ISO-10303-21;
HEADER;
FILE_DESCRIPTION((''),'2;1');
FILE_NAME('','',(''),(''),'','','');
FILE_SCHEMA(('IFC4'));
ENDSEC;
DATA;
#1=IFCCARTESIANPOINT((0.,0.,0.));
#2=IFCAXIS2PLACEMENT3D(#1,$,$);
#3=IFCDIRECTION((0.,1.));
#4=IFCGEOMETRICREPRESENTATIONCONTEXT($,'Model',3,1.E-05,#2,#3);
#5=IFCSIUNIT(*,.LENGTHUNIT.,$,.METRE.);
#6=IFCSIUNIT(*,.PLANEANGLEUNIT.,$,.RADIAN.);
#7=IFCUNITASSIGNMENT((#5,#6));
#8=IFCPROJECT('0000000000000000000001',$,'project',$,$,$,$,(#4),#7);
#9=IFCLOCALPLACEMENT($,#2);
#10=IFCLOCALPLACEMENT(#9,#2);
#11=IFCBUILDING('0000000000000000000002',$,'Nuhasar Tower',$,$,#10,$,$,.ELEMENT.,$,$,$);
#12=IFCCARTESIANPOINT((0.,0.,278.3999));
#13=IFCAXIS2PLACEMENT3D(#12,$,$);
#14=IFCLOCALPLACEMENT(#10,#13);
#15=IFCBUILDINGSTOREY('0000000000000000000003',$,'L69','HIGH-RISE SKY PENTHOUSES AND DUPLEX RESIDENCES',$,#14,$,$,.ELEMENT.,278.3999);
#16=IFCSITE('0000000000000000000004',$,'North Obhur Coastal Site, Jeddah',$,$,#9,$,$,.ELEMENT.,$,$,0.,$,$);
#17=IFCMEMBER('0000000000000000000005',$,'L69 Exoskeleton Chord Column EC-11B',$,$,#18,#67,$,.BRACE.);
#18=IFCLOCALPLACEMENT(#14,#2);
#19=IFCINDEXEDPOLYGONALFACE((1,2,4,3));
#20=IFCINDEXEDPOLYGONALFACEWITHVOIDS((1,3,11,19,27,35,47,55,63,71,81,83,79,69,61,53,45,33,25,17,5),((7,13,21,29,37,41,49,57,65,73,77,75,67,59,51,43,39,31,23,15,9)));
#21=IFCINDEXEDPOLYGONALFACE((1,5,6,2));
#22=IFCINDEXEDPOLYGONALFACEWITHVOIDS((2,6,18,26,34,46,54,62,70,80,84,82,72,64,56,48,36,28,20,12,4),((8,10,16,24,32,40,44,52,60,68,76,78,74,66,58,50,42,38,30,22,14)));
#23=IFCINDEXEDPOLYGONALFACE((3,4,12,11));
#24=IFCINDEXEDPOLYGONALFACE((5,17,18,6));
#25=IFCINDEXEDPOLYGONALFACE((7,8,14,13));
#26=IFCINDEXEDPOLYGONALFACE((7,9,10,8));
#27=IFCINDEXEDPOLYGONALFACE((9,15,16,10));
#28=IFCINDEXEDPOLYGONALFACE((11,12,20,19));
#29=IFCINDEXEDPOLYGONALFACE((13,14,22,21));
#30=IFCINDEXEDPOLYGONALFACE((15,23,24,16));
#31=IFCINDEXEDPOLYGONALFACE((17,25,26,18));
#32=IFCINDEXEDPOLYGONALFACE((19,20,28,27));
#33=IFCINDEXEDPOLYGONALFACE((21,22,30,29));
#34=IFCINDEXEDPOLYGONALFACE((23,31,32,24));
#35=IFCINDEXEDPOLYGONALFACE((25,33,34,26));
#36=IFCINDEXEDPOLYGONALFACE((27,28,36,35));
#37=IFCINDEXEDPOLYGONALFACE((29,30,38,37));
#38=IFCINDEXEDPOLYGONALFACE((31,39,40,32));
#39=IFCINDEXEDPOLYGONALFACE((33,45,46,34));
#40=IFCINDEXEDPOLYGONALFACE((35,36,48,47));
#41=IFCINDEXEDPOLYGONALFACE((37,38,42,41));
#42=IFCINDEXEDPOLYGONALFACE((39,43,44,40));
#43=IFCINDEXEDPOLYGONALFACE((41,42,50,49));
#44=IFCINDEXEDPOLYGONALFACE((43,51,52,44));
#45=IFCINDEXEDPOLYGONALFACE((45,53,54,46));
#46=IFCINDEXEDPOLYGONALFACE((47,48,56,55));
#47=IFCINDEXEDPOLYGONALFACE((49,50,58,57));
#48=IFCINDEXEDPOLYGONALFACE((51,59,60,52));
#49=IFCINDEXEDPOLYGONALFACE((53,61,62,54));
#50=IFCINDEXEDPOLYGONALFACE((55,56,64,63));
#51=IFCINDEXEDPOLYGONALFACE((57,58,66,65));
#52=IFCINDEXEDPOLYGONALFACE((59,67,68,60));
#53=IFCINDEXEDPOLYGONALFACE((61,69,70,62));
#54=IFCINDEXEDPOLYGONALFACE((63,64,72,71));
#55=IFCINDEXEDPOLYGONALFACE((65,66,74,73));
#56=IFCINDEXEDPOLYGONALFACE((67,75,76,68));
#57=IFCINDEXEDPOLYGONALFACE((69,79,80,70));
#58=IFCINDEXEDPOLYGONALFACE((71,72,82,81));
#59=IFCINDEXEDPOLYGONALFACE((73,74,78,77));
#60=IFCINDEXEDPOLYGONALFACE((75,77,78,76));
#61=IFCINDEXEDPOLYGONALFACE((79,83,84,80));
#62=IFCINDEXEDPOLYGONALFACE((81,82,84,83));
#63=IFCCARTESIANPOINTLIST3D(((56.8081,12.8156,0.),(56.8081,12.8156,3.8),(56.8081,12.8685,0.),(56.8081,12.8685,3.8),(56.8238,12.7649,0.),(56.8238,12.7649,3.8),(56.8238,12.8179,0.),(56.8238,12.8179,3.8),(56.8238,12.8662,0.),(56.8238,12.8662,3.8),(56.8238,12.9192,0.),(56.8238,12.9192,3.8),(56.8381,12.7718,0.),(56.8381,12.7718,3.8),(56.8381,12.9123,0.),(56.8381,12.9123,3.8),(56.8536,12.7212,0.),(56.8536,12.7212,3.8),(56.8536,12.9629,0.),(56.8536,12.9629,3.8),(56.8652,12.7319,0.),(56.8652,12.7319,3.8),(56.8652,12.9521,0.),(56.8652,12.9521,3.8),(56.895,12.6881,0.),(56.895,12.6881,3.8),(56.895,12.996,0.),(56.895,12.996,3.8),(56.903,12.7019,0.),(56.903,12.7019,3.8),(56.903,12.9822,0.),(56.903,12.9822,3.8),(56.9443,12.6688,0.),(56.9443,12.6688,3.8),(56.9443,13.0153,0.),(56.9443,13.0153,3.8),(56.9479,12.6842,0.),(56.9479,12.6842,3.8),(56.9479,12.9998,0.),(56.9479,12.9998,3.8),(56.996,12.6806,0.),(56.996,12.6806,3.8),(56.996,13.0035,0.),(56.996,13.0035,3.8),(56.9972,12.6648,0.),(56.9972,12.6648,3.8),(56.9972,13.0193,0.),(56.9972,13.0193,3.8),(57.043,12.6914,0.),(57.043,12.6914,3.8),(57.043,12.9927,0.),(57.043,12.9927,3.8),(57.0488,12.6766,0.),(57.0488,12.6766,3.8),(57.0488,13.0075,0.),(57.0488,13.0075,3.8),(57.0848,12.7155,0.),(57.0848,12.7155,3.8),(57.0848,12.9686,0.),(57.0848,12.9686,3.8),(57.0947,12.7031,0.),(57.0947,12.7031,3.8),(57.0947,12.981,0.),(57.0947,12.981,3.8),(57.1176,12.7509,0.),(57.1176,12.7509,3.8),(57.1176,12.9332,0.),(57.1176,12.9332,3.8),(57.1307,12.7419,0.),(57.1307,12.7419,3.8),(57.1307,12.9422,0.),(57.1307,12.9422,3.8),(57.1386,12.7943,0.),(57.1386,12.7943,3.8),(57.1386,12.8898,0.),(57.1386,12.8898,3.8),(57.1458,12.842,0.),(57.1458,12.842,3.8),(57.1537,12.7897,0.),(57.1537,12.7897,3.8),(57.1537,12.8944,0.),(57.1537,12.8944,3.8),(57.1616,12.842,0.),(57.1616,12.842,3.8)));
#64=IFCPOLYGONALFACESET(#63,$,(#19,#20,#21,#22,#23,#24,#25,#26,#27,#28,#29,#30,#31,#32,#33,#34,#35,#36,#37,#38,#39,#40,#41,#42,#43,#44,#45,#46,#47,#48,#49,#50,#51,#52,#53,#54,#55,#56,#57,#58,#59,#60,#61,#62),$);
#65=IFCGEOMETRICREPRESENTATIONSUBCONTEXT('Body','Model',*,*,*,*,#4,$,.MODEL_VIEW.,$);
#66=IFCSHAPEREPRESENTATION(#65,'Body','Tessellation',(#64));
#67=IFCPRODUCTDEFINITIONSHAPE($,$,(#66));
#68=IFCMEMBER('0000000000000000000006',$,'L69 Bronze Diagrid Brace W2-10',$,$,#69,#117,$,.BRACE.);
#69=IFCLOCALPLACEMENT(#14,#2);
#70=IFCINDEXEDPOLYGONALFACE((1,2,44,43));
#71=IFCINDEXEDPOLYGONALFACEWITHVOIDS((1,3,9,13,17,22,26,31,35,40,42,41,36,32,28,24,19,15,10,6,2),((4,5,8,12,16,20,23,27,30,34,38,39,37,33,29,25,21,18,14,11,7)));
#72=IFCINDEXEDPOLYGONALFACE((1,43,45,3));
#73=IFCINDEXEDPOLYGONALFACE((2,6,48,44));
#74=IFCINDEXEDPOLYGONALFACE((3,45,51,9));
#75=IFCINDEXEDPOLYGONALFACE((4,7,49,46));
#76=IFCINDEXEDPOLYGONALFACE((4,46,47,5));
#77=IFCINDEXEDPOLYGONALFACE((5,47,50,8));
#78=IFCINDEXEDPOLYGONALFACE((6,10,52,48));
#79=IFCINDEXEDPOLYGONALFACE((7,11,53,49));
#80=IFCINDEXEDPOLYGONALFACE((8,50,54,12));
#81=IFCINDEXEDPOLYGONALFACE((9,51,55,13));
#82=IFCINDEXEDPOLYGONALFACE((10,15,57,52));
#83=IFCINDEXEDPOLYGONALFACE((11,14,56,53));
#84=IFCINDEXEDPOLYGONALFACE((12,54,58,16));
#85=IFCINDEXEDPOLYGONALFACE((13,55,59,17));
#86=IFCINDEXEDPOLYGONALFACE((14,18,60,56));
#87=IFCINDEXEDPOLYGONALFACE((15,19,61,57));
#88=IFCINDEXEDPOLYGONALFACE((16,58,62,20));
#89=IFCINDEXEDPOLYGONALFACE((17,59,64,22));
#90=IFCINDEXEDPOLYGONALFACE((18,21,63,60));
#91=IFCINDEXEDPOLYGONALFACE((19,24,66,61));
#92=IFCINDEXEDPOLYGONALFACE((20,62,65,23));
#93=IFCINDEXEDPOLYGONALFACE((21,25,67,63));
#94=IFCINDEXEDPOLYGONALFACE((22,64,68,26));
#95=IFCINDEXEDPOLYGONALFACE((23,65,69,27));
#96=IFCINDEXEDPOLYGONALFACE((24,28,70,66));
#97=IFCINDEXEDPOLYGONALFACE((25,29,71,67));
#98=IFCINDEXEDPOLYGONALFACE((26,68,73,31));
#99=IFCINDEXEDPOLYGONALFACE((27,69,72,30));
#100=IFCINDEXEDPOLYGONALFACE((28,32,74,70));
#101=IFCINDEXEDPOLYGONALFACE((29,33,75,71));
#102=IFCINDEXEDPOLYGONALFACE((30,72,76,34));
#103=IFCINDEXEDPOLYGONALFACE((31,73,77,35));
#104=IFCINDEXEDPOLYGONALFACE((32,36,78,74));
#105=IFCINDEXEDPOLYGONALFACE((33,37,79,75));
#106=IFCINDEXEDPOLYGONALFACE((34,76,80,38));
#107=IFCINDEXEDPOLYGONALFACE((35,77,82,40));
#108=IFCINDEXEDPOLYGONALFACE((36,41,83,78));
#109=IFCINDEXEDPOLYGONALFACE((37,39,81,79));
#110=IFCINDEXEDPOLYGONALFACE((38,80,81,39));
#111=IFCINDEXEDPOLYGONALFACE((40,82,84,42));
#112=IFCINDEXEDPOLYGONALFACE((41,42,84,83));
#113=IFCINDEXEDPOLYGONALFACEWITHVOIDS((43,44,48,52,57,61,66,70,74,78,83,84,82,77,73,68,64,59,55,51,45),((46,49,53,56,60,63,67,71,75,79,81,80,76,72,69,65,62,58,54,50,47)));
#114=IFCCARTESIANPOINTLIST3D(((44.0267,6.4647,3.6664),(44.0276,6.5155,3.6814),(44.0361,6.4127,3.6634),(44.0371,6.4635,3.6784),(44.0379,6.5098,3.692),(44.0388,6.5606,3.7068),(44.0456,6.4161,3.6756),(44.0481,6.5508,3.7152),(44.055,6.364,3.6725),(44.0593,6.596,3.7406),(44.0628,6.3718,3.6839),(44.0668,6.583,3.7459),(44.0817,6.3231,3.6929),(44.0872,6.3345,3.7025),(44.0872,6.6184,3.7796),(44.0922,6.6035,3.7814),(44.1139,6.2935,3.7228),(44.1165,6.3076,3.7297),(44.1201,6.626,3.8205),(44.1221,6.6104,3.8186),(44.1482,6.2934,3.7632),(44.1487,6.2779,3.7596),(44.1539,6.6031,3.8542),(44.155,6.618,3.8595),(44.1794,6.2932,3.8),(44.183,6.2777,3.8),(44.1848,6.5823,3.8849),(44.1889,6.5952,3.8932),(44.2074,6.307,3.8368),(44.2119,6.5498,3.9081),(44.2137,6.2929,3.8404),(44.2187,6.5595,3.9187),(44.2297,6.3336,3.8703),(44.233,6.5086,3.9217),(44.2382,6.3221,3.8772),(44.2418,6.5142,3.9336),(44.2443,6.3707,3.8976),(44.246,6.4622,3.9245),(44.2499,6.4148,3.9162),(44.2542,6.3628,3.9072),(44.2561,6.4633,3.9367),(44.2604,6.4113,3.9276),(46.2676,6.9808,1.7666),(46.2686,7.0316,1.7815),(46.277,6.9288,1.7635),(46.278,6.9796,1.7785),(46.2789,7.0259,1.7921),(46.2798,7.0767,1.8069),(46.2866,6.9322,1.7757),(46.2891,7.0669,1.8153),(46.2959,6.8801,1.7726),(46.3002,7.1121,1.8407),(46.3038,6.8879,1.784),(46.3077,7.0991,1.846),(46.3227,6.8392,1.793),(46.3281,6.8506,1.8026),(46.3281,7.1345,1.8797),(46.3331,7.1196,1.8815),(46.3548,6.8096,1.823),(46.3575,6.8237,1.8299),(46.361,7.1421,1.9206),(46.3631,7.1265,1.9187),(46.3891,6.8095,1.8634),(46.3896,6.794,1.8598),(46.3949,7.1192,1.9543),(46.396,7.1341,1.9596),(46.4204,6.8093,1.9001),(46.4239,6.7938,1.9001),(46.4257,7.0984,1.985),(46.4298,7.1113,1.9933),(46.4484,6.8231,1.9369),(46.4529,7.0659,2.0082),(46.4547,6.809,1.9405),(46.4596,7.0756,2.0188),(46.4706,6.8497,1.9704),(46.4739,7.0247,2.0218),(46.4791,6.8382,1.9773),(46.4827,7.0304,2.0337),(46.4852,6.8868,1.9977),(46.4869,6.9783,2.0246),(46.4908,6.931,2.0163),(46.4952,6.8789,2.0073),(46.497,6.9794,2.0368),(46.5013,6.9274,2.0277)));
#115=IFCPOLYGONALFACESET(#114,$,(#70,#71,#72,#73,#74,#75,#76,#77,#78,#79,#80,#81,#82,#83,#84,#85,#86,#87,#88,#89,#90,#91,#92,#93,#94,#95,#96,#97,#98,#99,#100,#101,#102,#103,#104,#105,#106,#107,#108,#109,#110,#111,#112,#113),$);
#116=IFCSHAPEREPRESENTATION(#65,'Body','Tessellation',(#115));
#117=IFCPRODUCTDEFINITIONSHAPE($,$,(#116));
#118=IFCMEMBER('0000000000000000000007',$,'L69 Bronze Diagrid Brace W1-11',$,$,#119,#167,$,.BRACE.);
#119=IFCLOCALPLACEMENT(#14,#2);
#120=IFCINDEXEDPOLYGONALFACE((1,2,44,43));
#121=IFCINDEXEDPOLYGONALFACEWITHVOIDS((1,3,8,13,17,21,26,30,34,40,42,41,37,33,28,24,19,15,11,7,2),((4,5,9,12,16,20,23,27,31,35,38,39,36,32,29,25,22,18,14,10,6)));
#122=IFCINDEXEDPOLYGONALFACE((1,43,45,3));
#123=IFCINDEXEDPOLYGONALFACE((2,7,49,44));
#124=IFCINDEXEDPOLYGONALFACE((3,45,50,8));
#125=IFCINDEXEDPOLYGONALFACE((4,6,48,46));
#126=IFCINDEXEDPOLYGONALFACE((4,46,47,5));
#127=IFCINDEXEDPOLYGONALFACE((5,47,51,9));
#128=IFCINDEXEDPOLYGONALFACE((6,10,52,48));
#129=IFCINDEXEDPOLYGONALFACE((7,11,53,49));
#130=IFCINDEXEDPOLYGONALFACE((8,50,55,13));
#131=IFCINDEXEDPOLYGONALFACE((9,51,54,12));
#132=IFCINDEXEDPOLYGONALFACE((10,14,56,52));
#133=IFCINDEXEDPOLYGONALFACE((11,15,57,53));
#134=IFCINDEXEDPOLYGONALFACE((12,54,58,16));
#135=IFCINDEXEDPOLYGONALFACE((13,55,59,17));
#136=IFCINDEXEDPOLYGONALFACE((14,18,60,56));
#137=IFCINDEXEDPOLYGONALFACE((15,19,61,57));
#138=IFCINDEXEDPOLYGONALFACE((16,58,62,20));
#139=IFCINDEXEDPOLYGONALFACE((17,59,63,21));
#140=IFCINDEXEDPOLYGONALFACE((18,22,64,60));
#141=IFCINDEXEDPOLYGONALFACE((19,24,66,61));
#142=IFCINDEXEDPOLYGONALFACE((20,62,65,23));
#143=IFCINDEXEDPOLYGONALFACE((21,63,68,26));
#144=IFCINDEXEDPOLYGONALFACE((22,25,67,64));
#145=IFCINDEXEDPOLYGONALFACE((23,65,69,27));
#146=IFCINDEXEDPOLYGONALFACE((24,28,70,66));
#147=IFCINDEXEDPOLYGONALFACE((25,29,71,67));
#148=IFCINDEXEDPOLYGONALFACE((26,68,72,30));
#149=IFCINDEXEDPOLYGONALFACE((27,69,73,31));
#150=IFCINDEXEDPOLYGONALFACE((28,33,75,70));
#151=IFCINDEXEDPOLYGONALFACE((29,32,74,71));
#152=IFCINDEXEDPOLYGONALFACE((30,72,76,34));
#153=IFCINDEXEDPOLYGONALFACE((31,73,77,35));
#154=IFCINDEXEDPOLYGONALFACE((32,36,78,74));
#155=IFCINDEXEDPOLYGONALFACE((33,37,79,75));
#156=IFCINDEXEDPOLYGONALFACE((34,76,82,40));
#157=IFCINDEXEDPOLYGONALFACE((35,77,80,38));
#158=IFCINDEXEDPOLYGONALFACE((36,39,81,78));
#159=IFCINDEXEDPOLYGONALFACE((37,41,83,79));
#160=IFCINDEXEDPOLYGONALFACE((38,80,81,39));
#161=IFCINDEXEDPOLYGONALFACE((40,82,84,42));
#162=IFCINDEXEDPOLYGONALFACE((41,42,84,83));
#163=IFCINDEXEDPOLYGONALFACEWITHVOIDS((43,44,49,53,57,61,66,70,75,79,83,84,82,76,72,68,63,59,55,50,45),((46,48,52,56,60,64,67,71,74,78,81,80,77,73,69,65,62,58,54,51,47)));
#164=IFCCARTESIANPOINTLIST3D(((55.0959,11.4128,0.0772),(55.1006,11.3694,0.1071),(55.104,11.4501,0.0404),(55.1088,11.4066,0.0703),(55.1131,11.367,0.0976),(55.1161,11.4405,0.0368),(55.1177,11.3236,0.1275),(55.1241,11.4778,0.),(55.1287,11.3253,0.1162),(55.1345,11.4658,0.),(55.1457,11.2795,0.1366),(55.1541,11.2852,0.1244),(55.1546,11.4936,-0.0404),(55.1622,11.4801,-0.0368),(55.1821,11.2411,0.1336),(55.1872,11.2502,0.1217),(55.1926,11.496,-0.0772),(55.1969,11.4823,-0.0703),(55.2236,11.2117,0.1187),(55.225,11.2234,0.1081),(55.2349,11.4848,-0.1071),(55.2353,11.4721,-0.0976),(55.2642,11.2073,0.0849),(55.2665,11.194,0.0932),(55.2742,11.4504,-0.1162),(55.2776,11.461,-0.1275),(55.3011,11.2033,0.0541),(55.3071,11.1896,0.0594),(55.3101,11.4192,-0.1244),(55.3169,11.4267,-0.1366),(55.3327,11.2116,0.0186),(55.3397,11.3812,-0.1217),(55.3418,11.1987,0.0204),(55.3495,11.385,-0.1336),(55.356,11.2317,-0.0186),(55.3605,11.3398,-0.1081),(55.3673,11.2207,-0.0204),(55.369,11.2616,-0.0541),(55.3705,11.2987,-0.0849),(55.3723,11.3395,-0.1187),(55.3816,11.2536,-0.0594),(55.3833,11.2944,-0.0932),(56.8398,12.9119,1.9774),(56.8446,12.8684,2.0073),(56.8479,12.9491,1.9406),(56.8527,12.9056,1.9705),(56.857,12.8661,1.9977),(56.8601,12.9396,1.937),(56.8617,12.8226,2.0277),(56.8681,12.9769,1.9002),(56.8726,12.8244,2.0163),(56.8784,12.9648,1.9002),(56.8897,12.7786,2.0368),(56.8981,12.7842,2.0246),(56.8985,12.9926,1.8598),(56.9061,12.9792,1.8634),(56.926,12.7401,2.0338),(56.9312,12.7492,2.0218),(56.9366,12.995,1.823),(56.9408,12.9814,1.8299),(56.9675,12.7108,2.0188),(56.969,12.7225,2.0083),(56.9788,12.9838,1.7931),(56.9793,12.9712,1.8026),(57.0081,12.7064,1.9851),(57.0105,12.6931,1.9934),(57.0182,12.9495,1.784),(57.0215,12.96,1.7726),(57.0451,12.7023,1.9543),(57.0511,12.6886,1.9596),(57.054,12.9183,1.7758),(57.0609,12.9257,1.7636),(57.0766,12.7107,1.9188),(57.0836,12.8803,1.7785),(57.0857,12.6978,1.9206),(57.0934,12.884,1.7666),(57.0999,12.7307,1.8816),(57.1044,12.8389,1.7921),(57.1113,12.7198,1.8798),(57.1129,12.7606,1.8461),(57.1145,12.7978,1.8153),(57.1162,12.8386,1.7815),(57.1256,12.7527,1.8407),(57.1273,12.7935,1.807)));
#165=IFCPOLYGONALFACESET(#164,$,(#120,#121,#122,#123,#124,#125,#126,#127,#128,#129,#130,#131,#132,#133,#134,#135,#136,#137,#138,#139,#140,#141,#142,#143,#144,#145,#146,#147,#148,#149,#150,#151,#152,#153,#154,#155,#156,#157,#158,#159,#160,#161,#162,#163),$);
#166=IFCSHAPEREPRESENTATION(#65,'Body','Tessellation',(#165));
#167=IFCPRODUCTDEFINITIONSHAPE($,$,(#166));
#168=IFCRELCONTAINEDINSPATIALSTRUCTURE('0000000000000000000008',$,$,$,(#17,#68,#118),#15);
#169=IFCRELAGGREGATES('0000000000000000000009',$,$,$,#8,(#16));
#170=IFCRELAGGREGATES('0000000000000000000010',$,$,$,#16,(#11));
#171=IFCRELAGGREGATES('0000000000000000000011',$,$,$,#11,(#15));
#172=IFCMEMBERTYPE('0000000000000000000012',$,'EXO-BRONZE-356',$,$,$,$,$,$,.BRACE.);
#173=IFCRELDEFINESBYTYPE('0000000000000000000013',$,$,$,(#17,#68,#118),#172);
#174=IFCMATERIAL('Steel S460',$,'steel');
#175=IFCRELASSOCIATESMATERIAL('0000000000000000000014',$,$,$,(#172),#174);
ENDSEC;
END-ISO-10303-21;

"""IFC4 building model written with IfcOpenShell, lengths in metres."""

from ifc_helpers import new_model, si_unit, direction, frame, origin, origin_2d, place, context, subcontext, project, spatial, hollow_circle, extrude, material, material_profile, profile_set, type_object, element, save


model = new_model("IFC4")

# Units and contexts
model_context = context("Model", 3, precision=1e-05, world=origin(), true_north=direction((0.0, 1.0)))
body_context = subcontext(model_context, "Body", "Model", "MODEL_VIEW")
ifc_project = project(units=[si_unit("LENGTHUNIT", "METRE"), si_unit("PLANEANGLEUNIT", "RADIAN")], contexts=[model_context])

# Site, building, storey
site_placement = place(None, origin())
site = spatial("IfcSite", under=ifc_project, at=site_placement, Name="North Obhur Coastal Site, Jeddah", CompositionType="ELEMENT", RefElevation=0.0)
building_placement = place(site_placement, origin())
building = spatial("IfcBuilding", under=site, at=building_placement, Name="Nuhasar Tower", CompositionType="ELEMENT")
storey_placement = place(building_placement, frame((0.0, 0.0, 278.3999)))
storey = spatial("IfcBuildingStorey", under=building, at=storey_placement, Name="L69", Description="HIGH-RISE SKY PENTHOUSES AND DUPLEX RESIDENCES", CompositionType="ELEMENT", Elevation=278.3999)

# Members
ifc_material_1 = material(Name="Steel S460", Category="steel")
ifc_material_profile_1 = material_profile(ifc_material_1, hollow_circle(Radius=0.1777, WallThickness=0.0159, at=origin_2d()), Name="HSS355.6X15.9")
ifc_profile_set_1 = profile_set([ifc_material_profile_1], Name="Steel S460")
member_type_1 = type_object("IfcMemberType", Name="EXO-BRONZE-356", PredefinedType="BRACE", material=ifc_profile_set_1)
for number, where, z_axis, x_axis, name in (
    (1, (56.9839, 12.842, 0.0), (0.0, 0.0, 1.0), (1.0, 0.0, 0.0), "L69 Exoskeleton Chord Column EC-11B"),
):
    element("IfcMember", number, at=place(storey_placement, frame(where, z_axis=z_axis, x_axis=x_axis)), inside=storey, type_object=member_type_1, Name=name, PredefinedType="BRACE", context=body_context, shape_type="SweptSolid", body=[
        extrude(hollow_circle(Radius=0.1777, WallThickness=0.0159, at=origin_2d()), origin(), (0.0, 0.0, 1.0), 3.8),
    ])
member_1_placement = place(storey_placement, frame((46.384, 6.967, 1.9001), z_axis=(-0.751261, -0.173022, 0.636923), x_axis=(0.224433, -0.97449, 0.0)))
element("IfcMember", 2, at=member_1_placement, inside=storey, type_object=member_type_1, Name="L69 Bronze Diagrid Brace W2-10", PredefinedType="BRACE", context=body_context, shape_type="SweptSolid", body=[
    extrude(hollow_circle(Radius=0.1777, WallThickness=0.0159, at=origin_2d()), origin(), (0.0, 0.0, 1.0), 2.9829),
])
member_2_placement = place(storey_placement, frame((55.24, 11.343, 0.0), z_axis=(0.584595, 0.502508, 0.636973), x_axis=(-0.651857, 0.758342, 0.0)))
element("IfcMember", 3, at=member_2_placement, inside=storey, type_object=member_type_1, Name="L69 Bronze Diagrid Brace W1-11", PredefinedType="BRACE", context=body_context, shape_type="SweptSolid", body=[
    extrude(hollow_circle(Radius=0.1777, WallThickness=0.0159, at=origin_2d()), origin(), (0.0, 0.0, 1.0), 2.9832),
])

save(model, "model.ifc")
